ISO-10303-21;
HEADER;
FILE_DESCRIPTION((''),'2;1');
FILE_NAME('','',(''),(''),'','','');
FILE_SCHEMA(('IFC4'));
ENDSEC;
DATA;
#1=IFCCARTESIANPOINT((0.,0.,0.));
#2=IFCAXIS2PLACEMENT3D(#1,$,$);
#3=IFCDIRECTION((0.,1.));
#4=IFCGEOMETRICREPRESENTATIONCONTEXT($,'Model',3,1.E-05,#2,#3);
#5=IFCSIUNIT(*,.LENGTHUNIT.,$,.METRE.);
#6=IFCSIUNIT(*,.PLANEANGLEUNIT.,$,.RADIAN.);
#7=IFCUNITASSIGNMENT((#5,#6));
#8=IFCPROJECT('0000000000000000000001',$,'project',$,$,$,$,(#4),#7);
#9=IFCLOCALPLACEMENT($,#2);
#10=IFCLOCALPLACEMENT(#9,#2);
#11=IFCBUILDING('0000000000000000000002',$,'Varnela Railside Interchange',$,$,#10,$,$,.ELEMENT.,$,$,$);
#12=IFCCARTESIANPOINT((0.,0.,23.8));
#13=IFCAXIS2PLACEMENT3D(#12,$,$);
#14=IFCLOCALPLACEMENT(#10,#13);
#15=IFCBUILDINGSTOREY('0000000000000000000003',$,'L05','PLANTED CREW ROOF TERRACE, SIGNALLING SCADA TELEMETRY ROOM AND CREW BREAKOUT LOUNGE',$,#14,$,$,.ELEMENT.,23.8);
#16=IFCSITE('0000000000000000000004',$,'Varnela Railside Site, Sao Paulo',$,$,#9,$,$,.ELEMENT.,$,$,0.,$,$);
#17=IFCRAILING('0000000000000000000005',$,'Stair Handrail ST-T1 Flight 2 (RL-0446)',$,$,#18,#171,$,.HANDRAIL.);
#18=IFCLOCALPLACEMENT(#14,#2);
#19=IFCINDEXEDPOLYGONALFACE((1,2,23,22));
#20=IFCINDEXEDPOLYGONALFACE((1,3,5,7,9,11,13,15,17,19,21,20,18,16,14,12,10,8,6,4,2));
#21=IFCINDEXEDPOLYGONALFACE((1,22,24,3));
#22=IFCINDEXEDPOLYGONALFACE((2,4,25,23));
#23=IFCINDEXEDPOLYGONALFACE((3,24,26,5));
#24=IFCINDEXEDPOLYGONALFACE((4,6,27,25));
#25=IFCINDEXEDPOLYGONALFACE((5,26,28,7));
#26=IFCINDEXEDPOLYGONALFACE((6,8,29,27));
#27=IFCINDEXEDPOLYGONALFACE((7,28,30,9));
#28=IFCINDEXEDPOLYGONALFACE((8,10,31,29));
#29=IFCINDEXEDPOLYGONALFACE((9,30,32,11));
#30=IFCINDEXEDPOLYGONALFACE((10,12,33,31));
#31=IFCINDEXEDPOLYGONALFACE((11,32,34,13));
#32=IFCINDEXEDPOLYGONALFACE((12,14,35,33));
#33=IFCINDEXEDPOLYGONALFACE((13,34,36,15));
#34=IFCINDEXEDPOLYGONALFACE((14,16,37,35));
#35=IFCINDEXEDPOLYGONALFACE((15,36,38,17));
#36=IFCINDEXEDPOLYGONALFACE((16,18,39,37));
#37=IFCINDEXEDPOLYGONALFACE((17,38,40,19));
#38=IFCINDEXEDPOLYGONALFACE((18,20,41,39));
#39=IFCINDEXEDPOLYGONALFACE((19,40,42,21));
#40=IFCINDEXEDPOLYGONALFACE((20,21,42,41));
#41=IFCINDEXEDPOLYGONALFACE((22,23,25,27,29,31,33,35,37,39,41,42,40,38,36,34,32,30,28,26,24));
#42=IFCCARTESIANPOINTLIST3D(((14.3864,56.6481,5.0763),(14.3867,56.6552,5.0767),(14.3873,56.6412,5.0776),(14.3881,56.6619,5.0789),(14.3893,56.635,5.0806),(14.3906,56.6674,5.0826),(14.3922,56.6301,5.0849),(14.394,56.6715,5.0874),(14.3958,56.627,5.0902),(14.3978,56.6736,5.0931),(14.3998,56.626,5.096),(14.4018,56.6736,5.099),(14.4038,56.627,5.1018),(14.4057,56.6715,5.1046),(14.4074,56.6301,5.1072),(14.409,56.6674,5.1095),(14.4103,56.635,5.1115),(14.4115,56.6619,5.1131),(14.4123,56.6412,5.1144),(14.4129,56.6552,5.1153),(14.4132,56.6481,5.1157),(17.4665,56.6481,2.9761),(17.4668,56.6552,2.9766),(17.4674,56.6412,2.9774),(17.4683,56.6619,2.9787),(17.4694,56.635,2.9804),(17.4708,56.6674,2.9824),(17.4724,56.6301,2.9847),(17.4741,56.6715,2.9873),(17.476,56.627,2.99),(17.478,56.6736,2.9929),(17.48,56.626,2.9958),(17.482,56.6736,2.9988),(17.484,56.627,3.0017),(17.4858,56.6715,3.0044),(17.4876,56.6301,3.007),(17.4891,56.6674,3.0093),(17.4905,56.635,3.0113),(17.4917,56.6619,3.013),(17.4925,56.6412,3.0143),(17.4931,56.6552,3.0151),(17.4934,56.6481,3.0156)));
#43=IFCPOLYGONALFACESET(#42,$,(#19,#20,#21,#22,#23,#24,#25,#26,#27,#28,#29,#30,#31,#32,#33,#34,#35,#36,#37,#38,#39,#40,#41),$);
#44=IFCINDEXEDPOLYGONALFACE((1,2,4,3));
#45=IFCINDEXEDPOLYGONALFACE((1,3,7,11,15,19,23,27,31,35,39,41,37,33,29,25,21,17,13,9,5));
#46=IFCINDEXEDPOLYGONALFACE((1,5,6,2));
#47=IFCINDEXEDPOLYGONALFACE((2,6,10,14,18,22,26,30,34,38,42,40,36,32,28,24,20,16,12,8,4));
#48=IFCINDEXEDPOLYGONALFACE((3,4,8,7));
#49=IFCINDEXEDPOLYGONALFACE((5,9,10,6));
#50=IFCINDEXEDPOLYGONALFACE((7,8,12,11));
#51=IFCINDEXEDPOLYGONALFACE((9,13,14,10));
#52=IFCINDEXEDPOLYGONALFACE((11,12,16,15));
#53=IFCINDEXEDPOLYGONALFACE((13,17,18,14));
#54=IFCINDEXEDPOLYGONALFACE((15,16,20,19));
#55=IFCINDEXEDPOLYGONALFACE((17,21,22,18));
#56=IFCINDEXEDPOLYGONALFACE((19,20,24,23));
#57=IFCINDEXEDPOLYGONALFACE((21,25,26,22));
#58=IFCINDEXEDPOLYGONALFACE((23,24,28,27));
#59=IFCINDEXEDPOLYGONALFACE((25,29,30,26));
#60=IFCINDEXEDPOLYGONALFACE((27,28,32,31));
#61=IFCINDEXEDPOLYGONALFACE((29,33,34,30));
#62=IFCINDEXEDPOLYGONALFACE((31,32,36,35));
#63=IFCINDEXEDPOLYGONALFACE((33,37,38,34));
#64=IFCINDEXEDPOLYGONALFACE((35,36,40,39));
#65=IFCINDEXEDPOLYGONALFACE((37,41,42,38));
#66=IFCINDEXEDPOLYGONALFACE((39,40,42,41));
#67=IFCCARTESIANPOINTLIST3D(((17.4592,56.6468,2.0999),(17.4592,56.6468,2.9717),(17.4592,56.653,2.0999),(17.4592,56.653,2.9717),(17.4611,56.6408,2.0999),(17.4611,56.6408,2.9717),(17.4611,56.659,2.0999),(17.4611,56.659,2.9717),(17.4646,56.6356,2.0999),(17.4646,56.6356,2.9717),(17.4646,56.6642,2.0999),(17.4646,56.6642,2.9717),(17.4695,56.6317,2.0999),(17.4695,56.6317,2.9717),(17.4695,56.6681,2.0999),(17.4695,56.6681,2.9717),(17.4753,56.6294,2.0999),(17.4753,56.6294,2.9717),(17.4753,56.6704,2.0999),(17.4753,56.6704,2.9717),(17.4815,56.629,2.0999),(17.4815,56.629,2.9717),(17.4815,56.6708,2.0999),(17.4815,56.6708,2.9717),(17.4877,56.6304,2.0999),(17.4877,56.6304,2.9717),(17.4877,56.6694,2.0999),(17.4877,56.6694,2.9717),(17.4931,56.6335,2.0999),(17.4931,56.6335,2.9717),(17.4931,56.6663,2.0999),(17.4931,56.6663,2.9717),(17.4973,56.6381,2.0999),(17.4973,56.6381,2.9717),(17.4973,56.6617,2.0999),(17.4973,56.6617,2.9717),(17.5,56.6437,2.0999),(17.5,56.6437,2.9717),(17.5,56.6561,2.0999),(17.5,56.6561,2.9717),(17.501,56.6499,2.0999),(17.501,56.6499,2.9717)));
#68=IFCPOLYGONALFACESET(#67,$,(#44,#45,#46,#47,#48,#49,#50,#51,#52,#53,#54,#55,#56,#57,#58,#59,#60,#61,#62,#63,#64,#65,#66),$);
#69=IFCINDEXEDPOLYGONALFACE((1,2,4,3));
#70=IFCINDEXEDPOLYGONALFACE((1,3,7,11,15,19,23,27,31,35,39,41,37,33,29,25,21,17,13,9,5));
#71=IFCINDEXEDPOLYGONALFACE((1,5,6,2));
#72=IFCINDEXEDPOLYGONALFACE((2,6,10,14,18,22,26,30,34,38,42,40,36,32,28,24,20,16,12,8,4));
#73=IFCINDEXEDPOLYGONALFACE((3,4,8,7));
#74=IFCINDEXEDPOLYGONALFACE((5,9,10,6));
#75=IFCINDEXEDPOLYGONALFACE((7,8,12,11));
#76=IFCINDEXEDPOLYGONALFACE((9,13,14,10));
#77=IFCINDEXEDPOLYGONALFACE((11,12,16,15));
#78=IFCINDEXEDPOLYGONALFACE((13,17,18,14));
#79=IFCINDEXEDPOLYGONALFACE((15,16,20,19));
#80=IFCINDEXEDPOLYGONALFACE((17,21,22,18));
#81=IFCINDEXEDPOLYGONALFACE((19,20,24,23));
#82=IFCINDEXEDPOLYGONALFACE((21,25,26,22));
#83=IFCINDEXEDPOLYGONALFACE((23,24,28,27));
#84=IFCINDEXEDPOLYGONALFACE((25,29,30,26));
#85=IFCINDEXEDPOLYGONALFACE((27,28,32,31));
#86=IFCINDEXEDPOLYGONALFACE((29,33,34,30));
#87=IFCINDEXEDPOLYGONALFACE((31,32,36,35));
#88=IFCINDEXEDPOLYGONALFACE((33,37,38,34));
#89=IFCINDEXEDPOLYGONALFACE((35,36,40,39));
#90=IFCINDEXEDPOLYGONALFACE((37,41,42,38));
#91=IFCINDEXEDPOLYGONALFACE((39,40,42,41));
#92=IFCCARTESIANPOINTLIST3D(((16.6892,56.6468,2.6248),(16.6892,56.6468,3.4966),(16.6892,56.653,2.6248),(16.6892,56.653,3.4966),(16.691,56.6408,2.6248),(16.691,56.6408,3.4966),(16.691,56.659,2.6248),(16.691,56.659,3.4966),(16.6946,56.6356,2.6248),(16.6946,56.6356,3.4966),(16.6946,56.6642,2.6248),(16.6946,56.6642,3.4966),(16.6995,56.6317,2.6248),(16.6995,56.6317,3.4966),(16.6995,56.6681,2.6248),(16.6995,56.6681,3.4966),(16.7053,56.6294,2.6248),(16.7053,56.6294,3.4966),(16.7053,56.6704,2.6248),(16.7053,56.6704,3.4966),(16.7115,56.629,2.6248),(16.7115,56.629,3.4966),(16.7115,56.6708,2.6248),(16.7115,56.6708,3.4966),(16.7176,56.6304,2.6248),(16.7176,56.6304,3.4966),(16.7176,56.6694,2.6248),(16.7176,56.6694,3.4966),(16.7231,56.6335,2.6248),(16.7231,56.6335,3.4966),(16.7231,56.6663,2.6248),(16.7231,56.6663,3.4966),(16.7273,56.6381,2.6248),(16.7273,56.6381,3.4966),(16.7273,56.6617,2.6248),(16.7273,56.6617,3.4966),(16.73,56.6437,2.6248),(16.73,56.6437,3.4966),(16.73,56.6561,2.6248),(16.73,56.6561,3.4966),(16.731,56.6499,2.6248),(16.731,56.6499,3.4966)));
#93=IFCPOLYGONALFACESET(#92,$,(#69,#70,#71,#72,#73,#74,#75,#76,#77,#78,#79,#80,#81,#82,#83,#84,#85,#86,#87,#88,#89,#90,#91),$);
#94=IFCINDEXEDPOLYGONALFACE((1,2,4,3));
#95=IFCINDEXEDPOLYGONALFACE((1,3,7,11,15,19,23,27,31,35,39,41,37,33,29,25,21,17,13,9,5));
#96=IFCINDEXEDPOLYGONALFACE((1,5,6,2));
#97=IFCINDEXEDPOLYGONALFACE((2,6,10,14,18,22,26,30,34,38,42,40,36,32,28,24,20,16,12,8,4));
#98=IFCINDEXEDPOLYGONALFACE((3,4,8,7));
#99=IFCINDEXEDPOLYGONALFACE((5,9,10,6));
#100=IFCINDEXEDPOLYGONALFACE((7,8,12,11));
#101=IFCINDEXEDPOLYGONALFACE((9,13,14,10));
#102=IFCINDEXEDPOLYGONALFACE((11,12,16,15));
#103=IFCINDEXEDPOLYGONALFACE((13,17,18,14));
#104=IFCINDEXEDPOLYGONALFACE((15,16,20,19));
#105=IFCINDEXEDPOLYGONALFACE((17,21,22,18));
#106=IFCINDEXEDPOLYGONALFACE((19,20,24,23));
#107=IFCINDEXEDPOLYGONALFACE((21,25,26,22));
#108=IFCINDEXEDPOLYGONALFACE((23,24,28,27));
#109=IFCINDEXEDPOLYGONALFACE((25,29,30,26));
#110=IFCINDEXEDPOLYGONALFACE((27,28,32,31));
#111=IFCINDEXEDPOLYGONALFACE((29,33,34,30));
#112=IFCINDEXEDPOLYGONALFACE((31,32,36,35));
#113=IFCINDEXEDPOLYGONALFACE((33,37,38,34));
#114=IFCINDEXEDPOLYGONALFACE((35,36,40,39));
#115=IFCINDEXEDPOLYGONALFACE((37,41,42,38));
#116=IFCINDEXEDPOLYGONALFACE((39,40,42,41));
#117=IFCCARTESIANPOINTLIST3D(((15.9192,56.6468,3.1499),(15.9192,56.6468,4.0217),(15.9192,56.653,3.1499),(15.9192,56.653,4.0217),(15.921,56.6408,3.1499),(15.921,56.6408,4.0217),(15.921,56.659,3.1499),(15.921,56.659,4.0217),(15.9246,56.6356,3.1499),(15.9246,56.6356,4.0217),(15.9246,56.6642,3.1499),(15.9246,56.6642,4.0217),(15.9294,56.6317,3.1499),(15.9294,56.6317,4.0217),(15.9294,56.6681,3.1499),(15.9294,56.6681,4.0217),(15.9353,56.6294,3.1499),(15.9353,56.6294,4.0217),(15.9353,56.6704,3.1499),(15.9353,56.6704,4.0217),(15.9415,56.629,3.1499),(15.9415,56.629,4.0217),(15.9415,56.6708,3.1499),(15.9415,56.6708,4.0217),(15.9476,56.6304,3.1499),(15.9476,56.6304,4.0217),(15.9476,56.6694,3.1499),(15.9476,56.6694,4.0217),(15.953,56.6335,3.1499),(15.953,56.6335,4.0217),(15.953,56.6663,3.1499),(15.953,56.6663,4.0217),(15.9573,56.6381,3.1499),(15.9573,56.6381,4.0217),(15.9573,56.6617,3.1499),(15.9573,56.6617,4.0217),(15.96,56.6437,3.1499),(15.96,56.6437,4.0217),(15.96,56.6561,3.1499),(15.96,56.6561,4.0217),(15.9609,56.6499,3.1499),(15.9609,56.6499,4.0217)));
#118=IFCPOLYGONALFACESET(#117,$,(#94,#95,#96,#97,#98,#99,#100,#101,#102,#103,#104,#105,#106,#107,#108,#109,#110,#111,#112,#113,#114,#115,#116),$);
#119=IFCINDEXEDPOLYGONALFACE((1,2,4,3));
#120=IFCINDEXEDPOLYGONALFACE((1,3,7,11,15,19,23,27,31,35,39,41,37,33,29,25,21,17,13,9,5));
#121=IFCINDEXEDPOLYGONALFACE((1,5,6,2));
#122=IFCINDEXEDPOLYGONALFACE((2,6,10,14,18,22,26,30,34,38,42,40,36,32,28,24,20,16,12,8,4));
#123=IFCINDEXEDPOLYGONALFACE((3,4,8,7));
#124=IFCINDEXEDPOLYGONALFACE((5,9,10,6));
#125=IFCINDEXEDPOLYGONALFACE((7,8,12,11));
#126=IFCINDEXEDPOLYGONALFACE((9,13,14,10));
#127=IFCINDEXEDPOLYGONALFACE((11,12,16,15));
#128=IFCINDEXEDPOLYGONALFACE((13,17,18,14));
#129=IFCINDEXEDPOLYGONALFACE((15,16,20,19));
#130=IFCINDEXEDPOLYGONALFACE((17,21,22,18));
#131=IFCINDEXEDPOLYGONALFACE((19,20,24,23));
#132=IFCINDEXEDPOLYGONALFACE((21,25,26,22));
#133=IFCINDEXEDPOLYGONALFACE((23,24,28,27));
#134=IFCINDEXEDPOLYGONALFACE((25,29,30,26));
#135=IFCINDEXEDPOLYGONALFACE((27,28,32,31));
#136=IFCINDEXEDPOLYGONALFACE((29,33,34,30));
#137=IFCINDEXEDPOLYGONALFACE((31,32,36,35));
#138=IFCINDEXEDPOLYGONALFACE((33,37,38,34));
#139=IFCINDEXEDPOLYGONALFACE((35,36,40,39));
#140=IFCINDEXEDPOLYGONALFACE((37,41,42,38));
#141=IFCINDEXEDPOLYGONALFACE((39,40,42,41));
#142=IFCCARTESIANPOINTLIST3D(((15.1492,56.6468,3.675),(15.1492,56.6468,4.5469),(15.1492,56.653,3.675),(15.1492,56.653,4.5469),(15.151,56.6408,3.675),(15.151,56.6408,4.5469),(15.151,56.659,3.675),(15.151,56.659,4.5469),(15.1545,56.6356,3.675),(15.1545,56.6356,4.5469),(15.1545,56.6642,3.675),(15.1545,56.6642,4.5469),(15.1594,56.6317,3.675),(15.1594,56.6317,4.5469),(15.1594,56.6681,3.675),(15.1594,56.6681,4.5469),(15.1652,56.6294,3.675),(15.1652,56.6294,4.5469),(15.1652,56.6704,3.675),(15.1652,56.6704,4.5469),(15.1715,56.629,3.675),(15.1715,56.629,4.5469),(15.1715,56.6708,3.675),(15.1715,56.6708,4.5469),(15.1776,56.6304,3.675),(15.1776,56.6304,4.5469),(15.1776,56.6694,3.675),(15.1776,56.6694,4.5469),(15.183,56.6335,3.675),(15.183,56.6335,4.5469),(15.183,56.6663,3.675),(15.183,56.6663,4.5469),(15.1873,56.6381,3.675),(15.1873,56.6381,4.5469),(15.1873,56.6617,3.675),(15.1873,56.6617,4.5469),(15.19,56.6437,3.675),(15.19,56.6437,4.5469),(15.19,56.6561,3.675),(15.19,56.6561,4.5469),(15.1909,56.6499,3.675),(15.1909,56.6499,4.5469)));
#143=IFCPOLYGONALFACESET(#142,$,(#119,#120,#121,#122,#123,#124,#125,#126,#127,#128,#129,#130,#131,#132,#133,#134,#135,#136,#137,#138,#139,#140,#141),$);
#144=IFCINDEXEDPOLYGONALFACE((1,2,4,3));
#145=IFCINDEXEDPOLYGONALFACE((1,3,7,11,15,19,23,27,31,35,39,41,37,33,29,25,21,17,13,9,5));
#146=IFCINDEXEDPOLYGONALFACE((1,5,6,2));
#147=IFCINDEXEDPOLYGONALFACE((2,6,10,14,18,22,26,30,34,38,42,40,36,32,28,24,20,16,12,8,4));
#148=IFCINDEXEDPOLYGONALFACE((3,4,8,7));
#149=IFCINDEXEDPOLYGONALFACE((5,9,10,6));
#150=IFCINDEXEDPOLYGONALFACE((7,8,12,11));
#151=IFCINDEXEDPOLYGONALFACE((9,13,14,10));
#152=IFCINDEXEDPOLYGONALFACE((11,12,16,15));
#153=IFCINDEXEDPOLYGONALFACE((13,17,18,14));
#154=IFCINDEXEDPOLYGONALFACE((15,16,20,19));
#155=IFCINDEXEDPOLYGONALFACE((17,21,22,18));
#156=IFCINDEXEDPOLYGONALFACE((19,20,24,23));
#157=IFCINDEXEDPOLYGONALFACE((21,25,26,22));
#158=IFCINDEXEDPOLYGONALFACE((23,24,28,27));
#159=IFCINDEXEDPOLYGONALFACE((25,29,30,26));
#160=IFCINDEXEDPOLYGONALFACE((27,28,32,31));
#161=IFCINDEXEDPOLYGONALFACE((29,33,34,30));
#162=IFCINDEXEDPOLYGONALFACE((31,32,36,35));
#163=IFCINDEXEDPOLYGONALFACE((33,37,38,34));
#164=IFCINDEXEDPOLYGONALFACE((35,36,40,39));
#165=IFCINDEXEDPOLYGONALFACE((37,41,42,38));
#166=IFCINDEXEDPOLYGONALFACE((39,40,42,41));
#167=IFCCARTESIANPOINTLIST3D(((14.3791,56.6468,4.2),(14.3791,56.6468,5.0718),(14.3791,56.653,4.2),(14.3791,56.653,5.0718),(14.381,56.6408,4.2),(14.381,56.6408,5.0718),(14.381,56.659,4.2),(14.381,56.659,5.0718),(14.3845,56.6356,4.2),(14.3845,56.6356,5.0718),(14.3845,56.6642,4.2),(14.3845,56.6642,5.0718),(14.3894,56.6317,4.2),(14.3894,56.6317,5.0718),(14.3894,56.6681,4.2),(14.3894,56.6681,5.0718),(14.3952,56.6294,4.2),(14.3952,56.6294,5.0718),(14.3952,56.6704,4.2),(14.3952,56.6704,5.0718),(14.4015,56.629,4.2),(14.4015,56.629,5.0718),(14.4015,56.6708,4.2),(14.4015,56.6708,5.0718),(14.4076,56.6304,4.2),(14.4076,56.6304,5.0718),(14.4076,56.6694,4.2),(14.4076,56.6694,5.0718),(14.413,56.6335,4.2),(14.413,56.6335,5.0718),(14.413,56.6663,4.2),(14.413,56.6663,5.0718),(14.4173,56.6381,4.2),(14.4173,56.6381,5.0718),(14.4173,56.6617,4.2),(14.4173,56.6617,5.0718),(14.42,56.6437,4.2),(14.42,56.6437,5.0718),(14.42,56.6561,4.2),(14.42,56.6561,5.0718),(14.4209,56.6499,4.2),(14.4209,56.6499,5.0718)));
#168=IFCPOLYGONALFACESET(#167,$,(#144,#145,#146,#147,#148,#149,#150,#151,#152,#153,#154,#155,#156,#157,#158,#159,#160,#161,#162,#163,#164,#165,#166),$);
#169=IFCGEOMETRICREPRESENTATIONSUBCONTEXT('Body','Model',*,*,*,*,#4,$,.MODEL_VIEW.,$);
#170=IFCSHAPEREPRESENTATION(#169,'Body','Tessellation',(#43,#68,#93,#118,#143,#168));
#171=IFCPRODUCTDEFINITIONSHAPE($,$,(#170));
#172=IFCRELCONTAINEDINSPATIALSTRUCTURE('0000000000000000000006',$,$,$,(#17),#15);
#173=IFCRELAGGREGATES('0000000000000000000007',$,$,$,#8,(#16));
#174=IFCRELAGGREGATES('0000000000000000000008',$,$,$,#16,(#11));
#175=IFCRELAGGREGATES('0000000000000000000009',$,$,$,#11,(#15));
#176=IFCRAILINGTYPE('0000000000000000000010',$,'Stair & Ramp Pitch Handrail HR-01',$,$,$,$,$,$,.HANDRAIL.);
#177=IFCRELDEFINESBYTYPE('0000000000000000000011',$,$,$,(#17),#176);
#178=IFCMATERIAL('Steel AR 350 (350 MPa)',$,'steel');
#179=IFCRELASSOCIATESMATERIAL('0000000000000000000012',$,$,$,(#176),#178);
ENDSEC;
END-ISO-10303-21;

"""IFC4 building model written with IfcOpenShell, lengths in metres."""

from ifc_helpers import new_model, si_unit, direction, frame, origin, origin_2d, place, context, subcontext, project, spatial, circle, extrude, material, type_object, element, save


model = new_model("IFC4")

# Units and contexts
model_context = context("Model", 3, precision=1e-05, world=origin(), true_north=direction((0.0, 1.0)))
body_context = subcontext(model_context, "Body", "Model", "MODEL_VIEW")
ifc_project = project(units=[si_unit("LENGTHUNIT", "METRE"), si_unit("PLANEANGLEUNIT", "RADIAN")], contexts=[model_context])

# Site, building, storey
site_placement = place(None, origin())
site = spatial("IfcSite", under=ifc_project, at=site_placement, Name="Varnela Railside Site, Sao Paulo", CompositionType="ELEMENT", RefElevation=0.0)
building_placement = place(site_placement, origin())
building = spatial("IfcBuilding", under=site, at=building_placement, Name="Varnela Railside Interchange", CompositionType="ELEMENT")
storey_placement = place(building_placement, frame((0.0, 0.0, 23.8)))
storey = spatial("IfcBuildingStorey", under=building, at=storey_placement, Name="L05", Description="PLANTED CREW ROOF TERRACE, SIGNALLING SCADA TELEMETRY ROOM AND CREW BREAKOUT LOUNGE", CompositionType="ELEMENT", Elevation=23.8)

# Shared definitions
ifc_material_1 = material(Name="Steel AR 350 (350 MPa)", Category="steel")

# Railing
railing_type_1 = type_object("IfcRailingType", Name="Stair & Ramp Pitch Handrail HR-01", PredefinedType="HANDRAIL", material=ifc_material_1)
railing_1_placement = place(storey_placement, frame((17.48, 56.6499, 2.0999)))
element("IfcRailing", 1, at=railing_1_placement, inside=storey, type_object=railing_type_1, Name="Stair Handrail ST-T1 Flight 2 (RL-0446)", PredefinedType="HANDRAIL", context=body_context, shape_type="SweptSolid", body=[
    extrude(circle(Radius=0.0239, at=origin_2d()), frame((0.0, 0.0, 0.896), z_axis=(-0.826222, 0.0, 0.563345), x_axis=(0.0, -1.0, 0.0)), (0.0, 0.0, 1.0), 3.728),
    extrude(circle(Radius=0.021, at=origin_2d()), origin(), (0.0, 0.0, 1.0), 0.8718),
    extrude(circle(Radius=0.021, at=origin_2d()), frame((-0.77, 0.0, 0.5249)), (0.0, 0.0, 1.0), 0.8718),
    extrude(circle(Radius=0.021, at=origin_2d()), frame((-1.54, 0.0, 1.05)), (0.0, 0.0, 1.0), 0.8718),
    extrude(circle(Radius=0.021, at=origin_2d()), frame((-2.3101, 0.0, 1.5752)), (0.0, 0.0, 1.0), 0.8718),
    extrude(circle(Radius=0.021, at=origin_2d()), frame((-3.0801, 0.0, 2.1001)), (0.0, 0.0, 1.0), 0.8718),
])

save(model, "model.ifc")
